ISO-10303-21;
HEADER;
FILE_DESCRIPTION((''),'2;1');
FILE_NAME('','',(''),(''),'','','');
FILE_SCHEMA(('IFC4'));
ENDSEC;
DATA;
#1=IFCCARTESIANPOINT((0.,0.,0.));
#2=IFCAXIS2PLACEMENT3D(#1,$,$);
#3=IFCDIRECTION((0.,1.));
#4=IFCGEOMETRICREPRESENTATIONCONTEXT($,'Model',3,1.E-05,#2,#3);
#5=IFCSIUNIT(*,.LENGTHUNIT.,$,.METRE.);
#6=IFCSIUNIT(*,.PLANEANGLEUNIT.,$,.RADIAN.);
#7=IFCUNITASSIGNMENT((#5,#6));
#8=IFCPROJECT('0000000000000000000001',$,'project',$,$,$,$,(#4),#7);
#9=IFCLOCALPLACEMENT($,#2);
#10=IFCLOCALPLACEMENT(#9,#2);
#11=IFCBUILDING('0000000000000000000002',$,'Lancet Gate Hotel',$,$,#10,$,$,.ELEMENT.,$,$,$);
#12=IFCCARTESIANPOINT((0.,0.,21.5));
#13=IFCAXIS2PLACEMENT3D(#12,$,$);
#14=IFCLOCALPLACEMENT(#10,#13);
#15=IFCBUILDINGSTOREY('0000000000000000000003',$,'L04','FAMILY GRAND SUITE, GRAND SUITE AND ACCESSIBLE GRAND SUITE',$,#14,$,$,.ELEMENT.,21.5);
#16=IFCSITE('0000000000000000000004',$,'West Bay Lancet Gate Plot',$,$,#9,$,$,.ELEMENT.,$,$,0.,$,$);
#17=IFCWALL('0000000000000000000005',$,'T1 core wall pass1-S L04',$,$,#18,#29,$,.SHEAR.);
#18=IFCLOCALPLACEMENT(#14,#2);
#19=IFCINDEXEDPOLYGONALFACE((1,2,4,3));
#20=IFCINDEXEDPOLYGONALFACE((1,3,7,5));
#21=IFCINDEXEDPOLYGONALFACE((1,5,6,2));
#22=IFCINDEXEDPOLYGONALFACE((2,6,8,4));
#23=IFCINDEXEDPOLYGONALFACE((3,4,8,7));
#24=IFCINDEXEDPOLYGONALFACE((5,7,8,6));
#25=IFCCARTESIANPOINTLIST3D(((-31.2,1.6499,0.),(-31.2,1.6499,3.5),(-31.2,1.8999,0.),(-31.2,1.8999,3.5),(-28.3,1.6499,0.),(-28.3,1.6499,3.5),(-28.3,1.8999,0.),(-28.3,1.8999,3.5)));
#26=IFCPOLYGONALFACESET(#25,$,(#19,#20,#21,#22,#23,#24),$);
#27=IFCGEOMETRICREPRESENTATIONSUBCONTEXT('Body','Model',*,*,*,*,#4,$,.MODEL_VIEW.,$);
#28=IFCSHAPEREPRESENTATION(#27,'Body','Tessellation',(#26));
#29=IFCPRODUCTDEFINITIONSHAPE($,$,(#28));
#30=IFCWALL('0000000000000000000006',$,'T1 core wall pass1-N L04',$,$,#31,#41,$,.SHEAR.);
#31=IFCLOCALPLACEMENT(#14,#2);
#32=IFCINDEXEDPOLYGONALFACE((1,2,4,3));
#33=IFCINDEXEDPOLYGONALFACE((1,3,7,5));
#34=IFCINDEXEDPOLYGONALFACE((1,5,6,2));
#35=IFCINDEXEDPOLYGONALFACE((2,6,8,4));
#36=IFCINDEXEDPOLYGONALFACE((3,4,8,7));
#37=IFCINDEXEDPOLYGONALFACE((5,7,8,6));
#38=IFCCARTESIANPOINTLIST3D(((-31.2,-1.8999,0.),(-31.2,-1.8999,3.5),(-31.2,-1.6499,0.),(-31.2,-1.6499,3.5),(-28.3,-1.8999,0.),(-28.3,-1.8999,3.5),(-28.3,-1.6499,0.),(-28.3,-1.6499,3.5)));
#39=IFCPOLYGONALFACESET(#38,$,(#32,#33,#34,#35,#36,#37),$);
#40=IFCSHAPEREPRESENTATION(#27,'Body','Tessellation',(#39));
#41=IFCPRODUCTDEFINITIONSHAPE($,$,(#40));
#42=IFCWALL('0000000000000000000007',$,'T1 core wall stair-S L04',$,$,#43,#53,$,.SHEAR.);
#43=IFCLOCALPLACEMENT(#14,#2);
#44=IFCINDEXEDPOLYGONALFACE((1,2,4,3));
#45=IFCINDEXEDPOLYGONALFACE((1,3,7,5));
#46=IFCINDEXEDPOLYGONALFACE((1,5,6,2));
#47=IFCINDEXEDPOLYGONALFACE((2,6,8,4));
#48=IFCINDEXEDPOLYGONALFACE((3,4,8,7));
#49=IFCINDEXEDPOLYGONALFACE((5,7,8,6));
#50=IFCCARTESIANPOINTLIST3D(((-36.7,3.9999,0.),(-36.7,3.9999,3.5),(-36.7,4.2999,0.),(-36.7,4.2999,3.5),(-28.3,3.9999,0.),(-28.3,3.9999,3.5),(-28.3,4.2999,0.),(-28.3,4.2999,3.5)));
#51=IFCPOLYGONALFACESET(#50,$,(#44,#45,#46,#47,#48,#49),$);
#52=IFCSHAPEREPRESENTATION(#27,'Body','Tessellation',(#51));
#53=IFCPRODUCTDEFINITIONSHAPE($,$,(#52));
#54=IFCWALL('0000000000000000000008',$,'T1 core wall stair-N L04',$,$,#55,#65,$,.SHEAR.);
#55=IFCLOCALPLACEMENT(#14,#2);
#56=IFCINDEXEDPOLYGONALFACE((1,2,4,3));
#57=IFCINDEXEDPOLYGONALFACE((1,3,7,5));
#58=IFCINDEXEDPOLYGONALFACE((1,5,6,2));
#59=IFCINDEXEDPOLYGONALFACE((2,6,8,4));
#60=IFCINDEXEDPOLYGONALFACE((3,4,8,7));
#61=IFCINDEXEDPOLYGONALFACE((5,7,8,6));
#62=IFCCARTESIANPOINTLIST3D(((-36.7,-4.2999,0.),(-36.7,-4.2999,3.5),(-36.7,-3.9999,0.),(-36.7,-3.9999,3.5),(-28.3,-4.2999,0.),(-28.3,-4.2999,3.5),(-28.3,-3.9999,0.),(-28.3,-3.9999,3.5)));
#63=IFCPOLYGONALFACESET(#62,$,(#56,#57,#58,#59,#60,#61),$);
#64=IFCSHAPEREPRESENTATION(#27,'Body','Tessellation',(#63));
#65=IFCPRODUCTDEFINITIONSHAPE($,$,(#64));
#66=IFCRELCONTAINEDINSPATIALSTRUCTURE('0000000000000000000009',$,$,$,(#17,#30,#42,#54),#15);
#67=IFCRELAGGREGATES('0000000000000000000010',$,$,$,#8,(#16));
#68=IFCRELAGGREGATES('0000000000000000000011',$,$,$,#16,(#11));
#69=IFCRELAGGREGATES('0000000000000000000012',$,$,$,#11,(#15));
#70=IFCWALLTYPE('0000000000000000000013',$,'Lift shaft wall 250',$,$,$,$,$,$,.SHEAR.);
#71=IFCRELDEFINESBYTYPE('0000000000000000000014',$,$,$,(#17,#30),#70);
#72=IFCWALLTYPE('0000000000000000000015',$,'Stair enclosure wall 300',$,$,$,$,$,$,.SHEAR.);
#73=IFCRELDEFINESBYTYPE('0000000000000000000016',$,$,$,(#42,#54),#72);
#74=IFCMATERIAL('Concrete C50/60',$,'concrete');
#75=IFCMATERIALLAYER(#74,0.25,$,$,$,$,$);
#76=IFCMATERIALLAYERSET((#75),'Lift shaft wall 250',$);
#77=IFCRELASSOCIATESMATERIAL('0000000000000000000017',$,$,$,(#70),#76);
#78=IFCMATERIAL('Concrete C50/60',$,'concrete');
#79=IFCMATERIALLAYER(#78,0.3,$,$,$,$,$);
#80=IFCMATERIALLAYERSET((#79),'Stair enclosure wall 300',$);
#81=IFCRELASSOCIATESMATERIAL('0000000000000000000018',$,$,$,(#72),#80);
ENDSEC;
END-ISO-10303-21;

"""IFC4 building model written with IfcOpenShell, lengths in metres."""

from ifc_helpers import new_model, si_unit, direction, frame, frame_2d, origin, place, context, subcontext, project, spatial, rectangle, extrude, material, layer, layer_set, type_object, element, save


model = new_model("IFC4")

# Units and contexts
model_context = context("Model", 3, precision=1e-05, world=origin(), true_north=direction((0.0, 1.0)))
body_context = subcontext(model_context, "Body", "Model", "MODEL_VIEW")
ifc_project = project(units=[si_unit("LENGTHUNIT", "METRE"), si_unit("PLANEANGLEUNIT", "RADIAN")], contexts=[model_context])

# Site, building, storey
site_placement = place(None, origin())
site = spatial("IfcSite", under=ifc_project, at=site_placement, Name="West Bay Lancet Gate Plot", CompositionType="ELEMENT", RefElevation=0.0)
building_placement = place(site_placement, origin())
building = spatial("IfcBuilding", under=site, at=building_placement, Name="Lancet Gate Hotel", CompositionType="ELEMENT")
storey_placement = place(building_placement, frame((0.0, 0.0, 21.5)))
storey = spatial("IfcBuildingStorey", under=building, at=storey_placement, Name="L04", Description="FAMILY GRAND SUITE, GRAND SUITE AND ACCESSIBLE GRAND SUITE", CompositionType="ELEMENT", Elevation=21.5)

# Walls
ifc_material_1 = material(Name="Concrete C50/60", Category="concrete")
ifc_layer_1 = layer(ifc_material_1, 0.25)
ifc_layer_set_1 = layer_set([ifc_layer_1], Name="Lift shaft wall 250")
wall_type_1 = type_object("IfcWallType", Name="Lift shaft wall 250", PredefinedType="SHEAR", material=ifc_layer_set_1)
for number, where, z_axis, x_axis, name in (
    (1, (-28.3, 1.7749, 0.0), (0.0, 0.0, 1.0), (-1.0, 0.0, 0.0), "T1 core wall pass1-S L04"),
    (2, (-28.3, -1.7749, 0.0), (0.0, 0.0, 1.0), (-1.0, 0.0, 0.0), "T1 core wall pass1-N L04"),
):
    element("IfcWall", number, at=place(storey_placement, frame(where, z_axis=z_axis, x_axis=x_axis)), inside=storey, type_object=wall_type_1, Name=name, PredefinedType="SHEAR", context=body_context, shape_type="SweptSolid", body=[
        extrude(rectangle(XDim=2.8999, YDim=0.25, at=frame_2d((1.45, 0.0))), origin(), (0.0, 0.0, 1.0), 3.5),
    ])
ifc_material_2 = material(Name="Concrete C50/60", Category="concrete")
ifc_layer_2 = layer(ifc_material_2, 0.3)
ifc_layer_set_2 = layer_set([ifc_layer_2], Name="Stair enclosure wall 300")
wall_type_2 = type_object("IfcWallType", Name="Stair enclosure wall 300", PredefinedType="SHEAR", material=ifc_layer_set_2)
for number, where, z_axis, x_axis, name in (
    (3, (-28.3, 4.1499, 0.0), (0.0, 0.0, 1.0), (-1.0, 0.0, 0.0), "T1 core wall stair-S L04"),
    (4, (-28.3, -4.1499, 0.0), (0.0, 0.0, 1.0), (-1.0, 0.0, 0.0), "T1 core wall stair-N L04"),
):
    element("IfcWall", number, at=place(storey_placement, frame(where, z_axis=z_axis, x_axis=x_axis)), inside=storey, type_object=wall_type_2, Name=name, PredefinedType="SHEAR", context=body_context, shape_type="SweptSolid", body=[
        extrude(rectangle(XDim=8.3999, YDim=0.3, at=frame_2d((4.2, 0.0))), origin(), (0.0, 0.0, 1.0), 3.5),
    ])

save(model, "model.ifc")
